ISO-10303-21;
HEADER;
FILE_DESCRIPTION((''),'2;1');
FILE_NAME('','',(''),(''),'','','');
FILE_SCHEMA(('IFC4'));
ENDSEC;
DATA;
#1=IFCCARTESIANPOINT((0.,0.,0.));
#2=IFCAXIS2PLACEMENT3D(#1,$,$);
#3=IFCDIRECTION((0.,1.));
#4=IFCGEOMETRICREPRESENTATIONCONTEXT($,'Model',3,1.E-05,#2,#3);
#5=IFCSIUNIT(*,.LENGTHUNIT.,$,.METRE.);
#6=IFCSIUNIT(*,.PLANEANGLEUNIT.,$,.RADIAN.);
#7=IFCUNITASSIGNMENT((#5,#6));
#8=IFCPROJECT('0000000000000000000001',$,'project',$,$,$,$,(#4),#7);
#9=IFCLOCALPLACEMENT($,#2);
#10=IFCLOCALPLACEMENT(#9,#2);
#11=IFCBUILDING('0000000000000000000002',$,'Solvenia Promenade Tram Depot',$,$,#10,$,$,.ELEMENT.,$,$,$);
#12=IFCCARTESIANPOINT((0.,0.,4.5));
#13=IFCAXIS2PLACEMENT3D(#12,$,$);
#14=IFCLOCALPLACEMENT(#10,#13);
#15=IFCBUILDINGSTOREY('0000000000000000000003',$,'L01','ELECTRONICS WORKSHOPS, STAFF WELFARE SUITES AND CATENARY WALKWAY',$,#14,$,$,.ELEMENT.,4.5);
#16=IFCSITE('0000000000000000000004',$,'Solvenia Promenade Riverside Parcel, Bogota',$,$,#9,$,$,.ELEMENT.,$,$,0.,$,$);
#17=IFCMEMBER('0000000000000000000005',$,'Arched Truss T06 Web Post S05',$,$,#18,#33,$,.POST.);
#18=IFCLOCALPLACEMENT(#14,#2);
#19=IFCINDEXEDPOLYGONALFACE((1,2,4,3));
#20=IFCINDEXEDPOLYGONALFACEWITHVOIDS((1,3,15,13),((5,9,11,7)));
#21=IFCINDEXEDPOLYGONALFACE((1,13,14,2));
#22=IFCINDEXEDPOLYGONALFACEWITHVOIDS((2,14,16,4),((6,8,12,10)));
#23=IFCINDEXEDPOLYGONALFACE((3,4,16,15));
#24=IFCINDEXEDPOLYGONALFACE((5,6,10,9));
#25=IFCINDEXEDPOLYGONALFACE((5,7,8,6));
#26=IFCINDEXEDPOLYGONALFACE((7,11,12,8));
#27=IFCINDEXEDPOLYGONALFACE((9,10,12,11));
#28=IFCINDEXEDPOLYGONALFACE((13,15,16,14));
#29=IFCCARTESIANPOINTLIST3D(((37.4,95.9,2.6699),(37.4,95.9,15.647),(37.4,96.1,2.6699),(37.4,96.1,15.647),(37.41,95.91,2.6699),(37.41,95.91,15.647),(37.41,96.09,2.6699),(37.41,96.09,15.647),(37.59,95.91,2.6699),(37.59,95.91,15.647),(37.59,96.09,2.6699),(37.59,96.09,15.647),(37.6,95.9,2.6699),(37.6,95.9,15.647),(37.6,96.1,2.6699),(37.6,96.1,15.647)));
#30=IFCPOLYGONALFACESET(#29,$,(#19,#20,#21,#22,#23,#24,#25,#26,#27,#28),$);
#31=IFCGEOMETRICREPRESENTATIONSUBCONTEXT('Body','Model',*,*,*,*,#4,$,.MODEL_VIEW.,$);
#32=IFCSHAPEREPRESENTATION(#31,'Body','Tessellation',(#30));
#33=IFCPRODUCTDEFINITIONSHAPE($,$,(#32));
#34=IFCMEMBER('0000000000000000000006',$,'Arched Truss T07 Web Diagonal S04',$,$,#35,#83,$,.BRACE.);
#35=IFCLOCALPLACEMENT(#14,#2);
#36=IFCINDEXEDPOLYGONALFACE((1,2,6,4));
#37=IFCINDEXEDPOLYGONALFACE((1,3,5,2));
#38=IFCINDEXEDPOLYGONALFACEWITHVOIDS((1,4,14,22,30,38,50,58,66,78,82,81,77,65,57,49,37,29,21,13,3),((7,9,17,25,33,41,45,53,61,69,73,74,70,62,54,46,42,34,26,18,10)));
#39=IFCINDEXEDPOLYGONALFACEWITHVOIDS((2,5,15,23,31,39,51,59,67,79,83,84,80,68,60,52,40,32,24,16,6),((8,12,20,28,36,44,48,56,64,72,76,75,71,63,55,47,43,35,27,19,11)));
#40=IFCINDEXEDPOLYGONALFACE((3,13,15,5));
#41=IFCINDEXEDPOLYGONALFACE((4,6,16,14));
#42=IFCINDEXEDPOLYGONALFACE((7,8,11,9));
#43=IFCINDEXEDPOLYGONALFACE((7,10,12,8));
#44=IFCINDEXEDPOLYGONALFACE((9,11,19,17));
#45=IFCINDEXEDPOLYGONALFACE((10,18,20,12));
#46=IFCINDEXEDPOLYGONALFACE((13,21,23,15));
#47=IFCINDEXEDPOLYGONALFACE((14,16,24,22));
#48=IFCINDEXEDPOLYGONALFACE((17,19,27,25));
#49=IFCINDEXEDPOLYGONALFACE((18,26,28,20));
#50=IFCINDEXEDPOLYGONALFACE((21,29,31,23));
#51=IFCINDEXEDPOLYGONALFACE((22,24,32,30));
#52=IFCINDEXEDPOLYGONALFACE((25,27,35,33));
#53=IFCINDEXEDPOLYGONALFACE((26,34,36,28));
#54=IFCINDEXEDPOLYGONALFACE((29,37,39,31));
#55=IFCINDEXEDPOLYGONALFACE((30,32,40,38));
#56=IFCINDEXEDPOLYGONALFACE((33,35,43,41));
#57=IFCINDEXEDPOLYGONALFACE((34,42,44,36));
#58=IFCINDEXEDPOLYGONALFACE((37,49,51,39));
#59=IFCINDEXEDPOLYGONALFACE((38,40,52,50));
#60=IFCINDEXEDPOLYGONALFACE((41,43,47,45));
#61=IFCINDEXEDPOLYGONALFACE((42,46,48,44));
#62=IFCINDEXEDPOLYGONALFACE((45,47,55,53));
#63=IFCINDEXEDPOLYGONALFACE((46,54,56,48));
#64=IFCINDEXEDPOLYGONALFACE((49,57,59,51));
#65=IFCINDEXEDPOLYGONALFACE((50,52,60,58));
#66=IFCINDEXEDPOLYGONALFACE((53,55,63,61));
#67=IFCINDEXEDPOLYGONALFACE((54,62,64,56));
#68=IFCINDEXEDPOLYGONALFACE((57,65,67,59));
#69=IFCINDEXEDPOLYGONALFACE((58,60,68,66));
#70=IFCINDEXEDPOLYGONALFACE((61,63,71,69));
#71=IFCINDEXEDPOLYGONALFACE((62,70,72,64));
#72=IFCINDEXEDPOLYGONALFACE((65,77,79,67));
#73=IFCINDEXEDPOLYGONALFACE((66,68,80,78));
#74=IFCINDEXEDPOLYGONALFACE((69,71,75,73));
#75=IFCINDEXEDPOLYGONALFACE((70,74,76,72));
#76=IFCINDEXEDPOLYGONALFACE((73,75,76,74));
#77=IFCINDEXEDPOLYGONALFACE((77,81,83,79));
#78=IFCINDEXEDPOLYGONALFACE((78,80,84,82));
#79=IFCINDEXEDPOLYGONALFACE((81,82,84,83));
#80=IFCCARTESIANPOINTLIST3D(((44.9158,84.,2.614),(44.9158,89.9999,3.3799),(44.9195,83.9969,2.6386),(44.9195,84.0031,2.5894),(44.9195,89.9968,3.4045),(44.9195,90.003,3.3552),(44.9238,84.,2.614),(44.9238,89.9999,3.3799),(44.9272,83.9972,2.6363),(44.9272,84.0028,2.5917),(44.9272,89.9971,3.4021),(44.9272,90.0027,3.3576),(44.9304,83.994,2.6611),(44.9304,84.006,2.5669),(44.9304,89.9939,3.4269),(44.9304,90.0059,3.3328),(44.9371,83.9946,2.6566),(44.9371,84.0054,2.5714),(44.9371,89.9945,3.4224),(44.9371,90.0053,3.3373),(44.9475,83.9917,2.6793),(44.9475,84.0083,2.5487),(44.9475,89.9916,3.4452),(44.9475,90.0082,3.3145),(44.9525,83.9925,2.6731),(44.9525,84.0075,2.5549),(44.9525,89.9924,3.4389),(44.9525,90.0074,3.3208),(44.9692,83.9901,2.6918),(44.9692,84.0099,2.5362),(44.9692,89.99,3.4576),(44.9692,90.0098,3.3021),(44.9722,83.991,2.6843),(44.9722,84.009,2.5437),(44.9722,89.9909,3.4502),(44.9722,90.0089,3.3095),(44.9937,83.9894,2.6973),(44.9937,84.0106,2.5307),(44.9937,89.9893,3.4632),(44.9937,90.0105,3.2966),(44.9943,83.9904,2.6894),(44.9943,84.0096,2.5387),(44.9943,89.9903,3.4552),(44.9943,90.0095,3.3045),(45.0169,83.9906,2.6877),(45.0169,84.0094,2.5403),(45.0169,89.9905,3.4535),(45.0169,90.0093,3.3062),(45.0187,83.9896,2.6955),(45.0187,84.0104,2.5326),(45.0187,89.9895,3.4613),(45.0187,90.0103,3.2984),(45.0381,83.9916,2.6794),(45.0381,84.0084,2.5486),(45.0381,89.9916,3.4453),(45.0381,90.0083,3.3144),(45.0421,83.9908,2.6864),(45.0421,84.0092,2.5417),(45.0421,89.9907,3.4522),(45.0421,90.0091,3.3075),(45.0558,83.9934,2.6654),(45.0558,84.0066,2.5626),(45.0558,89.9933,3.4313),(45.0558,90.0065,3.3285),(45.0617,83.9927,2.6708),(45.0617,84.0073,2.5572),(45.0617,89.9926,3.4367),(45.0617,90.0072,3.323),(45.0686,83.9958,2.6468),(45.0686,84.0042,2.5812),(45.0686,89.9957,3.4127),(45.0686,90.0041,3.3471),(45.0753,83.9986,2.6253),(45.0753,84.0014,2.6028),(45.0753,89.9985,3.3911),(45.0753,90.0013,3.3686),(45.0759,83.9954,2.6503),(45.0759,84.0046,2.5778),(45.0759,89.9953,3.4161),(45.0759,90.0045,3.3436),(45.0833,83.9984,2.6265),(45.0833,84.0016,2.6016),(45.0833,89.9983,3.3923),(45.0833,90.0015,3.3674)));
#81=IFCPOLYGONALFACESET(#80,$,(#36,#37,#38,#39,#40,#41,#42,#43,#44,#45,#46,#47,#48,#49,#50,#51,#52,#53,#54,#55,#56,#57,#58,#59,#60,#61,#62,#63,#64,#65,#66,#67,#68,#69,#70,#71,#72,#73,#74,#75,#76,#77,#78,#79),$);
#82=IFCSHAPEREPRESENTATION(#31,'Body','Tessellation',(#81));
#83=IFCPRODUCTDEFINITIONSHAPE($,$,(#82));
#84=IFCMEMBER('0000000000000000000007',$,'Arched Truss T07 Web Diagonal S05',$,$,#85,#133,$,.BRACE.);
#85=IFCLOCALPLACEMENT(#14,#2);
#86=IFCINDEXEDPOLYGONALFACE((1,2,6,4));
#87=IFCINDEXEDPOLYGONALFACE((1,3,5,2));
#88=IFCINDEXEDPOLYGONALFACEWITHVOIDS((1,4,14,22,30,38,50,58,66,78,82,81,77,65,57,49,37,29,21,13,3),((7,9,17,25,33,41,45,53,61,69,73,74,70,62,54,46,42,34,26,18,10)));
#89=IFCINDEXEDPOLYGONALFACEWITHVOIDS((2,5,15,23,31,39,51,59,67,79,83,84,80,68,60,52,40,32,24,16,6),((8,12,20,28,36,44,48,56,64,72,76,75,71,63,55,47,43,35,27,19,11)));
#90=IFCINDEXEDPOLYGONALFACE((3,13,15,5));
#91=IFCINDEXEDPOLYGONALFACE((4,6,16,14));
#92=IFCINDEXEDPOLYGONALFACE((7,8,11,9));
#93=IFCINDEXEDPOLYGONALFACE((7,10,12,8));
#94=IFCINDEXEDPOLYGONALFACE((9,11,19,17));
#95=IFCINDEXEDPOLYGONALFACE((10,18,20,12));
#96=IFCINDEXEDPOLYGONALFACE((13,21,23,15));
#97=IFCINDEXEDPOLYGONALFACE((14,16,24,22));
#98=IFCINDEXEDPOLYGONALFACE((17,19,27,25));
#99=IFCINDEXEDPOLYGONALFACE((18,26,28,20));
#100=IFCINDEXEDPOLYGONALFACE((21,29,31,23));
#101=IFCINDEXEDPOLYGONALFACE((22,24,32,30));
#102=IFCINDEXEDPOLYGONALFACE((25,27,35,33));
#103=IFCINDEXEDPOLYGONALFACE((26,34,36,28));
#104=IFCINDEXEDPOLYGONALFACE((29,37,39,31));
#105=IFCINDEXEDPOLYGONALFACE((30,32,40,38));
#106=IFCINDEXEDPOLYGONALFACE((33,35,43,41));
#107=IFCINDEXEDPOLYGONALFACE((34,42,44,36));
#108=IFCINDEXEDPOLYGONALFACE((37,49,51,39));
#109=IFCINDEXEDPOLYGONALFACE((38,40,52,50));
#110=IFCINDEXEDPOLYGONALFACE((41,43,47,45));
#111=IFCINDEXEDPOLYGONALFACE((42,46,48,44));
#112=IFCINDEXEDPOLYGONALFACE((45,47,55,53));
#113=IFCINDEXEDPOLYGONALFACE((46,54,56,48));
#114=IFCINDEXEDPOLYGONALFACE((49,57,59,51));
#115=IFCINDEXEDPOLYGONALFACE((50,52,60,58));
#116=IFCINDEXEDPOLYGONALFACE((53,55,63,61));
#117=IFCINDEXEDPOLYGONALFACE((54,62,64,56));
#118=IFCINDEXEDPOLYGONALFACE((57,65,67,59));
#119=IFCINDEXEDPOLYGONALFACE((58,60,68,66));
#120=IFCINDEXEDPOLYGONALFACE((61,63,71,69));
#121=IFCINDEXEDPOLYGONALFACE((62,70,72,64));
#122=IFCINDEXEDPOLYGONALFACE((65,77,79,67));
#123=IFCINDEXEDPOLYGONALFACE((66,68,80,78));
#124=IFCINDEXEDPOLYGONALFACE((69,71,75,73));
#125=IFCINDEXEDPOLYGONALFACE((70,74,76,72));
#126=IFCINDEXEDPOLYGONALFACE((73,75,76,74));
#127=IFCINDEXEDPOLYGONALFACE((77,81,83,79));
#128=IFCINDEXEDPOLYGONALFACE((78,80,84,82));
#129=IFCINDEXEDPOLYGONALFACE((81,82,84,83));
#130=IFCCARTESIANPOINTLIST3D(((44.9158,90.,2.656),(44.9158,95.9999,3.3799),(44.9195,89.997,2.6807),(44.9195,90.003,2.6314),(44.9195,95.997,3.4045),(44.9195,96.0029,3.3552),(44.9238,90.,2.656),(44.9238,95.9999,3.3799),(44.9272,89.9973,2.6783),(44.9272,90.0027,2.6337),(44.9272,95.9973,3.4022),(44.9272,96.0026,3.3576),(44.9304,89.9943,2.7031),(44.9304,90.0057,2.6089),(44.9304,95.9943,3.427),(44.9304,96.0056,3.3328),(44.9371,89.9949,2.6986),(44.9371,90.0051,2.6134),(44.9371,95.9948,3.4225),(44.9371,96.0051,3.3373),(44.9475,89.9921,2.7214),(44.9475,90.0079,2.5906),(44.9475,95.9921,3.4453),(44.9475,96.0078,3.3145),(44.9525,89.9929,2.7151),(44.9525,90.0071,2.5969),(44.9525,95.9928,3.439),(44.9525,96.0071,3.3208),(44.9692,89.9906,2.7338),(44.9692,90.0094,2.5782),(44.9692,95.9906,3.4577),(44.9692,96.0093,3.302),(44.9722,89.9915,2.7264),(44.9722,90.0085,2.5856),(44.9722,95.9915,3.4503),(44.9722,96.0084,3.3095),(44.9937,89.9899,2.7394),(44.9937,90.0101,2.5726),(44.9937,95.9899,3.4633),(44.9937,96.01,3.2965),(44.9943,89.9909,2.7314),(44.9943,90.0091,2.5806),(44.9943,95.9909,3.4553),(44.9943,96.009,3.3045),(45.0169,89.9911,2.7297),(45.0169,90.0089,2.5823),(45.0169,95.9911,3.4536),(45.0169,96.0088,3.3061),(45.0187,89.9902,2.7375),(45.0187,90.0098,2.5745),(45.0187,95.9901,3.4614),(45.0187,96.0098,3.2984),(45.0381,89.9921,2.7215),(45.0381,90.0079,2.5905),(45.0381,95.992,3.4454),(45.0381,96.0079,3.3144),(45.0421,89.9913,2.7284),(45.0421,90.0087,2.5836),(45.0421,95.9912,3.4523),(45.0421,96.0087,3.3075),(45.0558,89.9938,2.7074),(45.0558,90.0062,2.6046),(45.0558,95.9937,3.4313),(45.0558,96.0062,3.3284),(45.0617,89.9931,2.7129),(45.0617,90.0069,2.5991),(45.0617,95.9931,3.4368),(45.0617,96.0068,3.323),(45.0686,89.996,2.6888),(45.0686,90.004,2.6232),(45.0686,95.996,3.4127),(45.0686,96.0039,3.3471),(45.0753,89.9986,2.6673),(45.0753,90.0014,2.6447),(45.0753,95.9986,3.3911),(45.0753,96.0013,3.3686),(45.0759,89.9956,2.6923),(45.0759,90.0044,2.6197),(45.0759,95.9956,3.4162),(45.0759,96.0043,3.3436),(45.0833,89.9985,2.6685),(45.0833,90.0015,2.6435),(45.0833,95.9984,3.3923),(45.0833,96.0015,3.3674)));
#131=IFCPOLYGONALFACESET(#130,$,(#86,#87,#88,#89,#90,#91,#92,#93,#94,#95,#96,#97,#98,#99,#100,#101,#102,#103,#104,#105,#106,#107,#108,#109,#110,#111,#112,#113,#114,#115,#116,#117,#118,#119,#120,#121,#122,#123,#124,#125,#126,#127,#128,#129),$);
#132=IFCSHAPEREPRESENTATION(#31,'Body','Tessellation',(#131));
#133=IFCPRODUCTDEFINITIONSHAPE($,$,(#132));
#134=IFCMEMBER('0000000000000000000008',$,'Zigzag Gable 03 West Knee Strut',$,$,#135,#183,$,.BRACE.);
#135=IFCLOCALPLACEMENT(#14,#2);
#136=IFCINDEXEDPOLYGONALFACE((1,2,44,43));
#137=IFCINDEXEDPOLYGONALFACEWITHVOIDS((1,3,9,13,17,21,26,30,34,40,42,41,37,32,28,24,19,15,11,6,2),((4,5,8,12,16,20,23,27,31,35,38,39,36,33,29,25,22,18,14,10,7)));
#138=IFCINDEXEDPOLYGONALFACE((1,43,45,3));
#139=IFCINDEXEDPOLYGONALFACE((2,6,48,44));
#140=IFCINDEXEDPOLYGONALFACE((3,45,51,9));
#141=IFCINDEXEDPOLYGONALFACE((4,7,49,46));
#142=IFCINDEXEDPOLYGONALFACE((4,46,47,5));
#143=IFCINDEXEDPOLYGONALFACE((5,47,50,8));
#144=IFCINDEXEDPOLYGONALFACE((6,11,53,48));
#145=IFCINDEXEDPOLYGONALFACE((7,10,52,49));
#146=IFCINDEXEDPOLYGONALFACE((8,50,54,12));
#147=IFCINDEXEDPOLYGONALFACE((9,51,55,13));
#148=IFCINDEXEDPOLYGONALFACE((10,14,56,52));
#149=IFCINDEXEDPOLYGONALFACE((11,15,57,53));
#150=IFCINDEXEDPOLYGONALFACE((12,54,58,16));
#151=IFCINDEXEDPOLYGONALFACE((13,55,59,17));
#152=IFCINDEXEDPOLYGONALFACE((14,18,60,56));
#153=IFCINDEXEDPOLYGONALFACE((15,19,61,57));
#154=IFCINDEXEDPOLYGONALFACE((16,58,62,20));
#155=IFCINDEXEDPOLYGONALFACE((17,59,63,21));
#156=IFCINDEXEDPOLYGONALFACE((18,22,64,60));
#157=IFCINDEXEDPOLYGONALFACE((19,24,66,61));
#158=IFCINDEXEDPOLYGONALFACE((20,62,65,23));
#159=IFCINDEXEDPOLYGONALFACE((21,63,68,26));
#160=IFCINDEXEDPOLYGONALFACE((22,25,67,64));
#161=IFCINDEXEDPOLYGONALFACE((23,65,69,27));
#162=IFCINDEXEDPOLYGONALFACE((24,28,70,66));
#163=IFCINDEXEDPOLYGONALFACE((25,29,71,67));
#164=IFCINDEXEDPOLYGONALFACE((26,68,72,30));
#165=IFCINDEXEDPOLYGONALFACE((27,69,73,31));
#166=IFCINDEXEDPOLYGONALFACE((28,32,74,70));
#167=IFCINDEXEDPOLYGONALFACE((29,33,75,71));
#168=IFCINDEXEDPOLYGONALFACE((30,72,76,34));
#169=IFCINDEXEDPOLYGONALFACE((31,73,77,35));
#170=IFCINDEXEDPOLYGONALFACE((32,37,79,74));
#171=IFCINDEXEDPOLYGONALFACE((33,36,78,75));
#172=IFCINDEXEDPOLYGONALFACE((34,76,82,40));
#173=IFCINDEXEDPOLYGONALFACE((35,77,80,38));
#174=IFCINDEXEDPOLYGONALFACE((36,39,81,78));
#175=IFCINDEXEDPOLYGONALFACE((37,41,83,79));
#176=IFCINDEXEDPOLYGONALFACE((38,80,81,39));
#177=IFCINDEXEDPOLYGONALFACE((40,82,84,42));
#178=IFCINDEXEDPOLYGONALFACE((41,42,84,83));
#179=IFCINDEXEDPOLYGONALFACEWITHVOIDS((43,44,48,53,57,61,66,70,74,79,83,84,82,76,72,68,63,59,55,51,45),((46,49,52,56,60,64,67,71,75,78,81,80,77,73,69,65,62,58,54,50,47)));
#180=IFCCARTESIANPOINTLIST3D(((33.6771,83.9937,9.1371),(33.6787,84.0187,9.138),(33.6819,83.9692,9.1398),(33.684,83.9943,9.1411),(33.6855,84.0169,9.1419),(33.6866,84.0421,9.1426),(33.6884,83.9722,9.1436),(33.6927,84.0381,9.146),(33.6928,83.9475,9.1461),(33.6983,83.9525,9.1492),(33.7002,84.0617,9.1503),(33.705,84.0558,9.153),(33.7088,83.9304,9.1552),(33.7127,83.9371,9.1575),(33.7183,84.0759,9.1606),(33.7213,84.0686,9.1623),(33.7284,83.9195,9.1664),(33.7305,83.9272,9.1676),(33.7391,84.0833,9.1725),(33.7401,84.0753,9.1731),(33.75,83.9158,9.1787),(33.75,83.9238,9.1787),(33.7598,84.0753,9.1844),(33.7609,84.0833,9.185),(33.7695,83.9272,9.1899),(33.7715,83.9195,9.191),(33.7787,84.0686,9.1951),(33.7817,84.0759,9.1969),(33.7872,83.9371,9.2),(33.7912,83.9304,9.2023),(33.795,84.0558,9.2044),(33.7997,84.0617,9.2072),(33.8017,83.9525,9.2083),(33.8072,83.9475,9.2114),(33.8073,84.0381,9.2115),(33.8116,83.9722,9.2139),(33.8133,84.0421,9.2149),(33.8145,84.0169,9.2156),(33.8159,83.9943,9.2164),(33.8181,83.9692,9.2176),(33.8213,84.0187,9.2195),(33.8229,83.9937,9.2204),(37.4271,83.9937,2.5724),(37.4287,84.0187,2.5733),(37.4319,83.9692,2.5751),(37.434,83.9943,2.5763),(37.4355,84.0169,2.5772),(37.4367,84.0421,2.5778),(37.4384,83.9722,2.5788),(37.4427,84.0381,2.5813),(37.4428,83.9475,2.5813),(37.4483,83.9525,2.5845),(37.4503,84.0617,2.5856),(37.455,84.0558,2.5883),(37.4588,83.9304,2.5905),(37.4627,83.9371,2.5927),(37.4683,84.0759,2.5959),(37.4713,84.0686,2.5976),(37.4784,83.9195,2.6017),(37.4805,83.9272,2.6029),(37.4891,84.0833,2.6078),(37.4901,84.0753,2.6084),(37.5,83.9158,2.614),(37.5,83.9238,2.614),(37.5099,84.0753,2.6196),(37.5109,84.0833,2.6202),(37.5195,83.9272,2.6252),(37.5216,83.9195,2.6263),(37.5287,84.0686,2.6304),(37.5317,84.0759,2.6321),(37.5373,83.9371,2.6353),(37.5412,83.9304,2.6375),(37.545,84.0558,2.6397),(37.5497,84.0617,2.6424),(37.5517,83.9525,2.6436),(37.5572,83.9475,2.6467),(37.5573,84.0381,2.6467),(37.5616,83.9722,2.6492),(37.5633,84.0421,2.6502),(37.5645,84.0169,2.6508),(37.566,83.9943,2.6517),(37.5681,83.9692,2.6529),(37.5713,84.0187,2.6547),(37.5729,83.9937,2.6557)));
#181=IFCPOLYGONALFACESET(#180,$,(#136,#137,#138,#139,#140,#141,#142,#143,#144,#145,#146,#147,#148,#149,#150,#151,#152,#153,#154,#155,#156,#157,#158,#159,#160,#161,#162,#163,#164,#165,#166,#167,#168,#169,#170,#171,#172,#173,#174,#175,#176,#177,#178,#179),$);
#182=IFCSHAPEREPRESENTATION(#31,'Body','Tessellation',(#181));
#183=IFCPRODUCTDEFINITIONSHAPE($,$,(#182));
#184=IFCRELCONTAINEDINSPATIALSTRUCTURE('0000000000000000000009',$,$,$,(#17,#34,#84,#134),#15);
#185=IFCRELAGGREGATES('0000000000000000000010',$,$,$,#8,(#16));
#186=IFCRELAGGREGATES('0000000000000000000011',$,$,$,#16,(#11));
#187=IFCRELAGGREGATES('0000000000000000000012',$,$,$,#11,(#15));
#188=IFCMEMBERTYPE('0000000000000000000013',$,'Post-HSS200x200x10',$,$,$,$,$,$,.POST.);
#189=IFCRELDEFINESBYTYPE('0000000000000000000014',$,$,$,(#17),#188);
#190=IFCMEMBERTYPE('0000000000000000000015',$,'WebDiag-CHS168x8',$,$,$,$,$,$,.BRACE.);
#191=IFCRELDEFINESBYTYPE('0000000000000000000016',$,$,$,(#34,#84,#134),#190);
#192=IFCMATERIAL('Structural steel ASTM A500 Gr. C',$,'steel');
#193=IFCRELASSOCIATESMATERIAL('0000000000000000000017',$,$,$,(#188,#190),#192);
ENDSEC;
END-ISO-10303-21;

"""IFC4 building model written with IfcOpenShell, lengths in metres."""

from ifc_helpers import new_model, si_unit, direction, frame, origin, origin_2d, place, context, subcontext, project, spatial, hollow_rectangle, hollow_circle, extrude, material, material_profile, profile_set, type_object, element, save


model = new_model("IFC4")

# Units and contexts
model_context = context("Model", 3, precision=1e-05, world=origin(), true_north=direction((0.0, 1.0)))
body_context = subcontext(model_context, "Body", "Model", "MODEL_VIEW")
ifc_project = project(units=[si_unit("LENGTHUNIT", "METRE"), si_unit("PLANEANGLEUNIT", "RADIAN")], contexts=[model_context])

# Site, building, storey
site_placement = place(None, origin())
site = spatial("IfcSite", under=ifc_project, at=site_placement, Name="Solvenia Promenade Riverside Parcel, Bogota", CompositionType="ELEMENT", RefElevation=0.0)
building_placement = place(site_placement, origin())
building = spatial("IfcBuilding", under=site, at=building_placement, Name="Solvenia Promenade Tram Depot", CompositionType="ELEMENT")
storey_placement = place(building_placement, frame((0.0, 0.0, 4.5)))
storey = spatial("IfcBuildingStorey", under=building, at=storey_placement, Name="L01", Description="ELECTRONICS WORKSHOPS, STAFF WELFARE SUITES AND CATENARY WALKWAY", CompositionType="ELEMENT", Elevation=4.5)

# Members
ifc_material = material(Name="Structural steel ASTM A500 Gr. C", Category="steel")
ifc_material_profile_1 = material_profile(ifc_material, hollow_rectangle(XDim=0.2, YDim=0.2, WallThickness=0.01, at=origin_2d()), Name="HSS200x200x10", Category="steel")
ifc_profile_set_1 = profile_set([ifc_material_profile_1], Name="Structural steel ASTM A500 Gr. C")
member_type_1 = type_object("IfcMemberType", Name="Post-HSS200x200x10", PredefinedType="POST", material=ifc_profile_set_1)
member_1_placement = place(storey_placement, frame((37.5, 96.0, 2.6699), z_axis=(0.0, 0.0, 1.0), x_axis=(1.0, 0.0, 0.0)))
element("IfcMember", 1, at=member_1_placement, inside=storey, type_object=member_type_1, Name="Arched Truss T06 Web Post S05", PredefinedType="POST", context=body_context, shape_type="SweptSolid", body=[
    extrude(hollow_rectangle(XDim=0.2, YDim=0.2, WallThickness=0.01, at=origin_2d()), origin(), (0.0, 0.0, 1.0), 12.9771),
])
ifc_material_profile_2 = material_profile(ifc_material, hollow_circle(Radius=0.0842, WallThickness=0.0081, at=origin_2d()), Name="CHS168.3x8", Category="steel")
ifc_profile_set_2 = profile_set([ifc_material_profile_2], Name="Structural steel ASTM A500 Gr. C")
member_type_2 = type_object("IfcMemberType", Name="WebDiag-CHS168x8", PredefinedType="BRACE", material=ifc_profile_set_2)
member_2_placement = place(storey_placement, frame((45.0, 84.0, 2.614), z_axis=(0.0, 0.991952, 0.126618), x_axis=(-1.0, 0.0, 0.0)))
element("IfcMember", 2, at=member_2_placement, inside=storey, type_object=member_type_2, Name="Arched Truss T07 Web Diagonal S04", PredefinedType="BRACE", context=body_context, shape_type="SweptSolid", body=[
    extrude(hollow_circle(Radius=0.0842, WallThickness=0.0081, at=origin_2d()), origin(), (0.0, 0.0, 1.0), 6.0486),
])
member_3_placement = place(storey_placement, frame((45.0, 90.0, 2.656), z_axis=(0.0, 0.992801, 0.119778), x_axis=(-1.0, 0.0, 0.0)))
element("IfcMember", 3, at=member_3_placement, inside=storey, type_object=member_type_2, Name="Arched Truss T07 Web Diagonal S05", PredefinedType="BRACE", context=body_context, shape_type="SweptSolid", body=[
    extrude(hollow_circle(Radius=0.0842, WallThickness=0.0081, at=origin_2d()), origin(), (0.0, 0.0, 1.0), 6.0435),
])
for number, where, z_axis, x_axis, name in (
    (4, (37.5, 84.0, 2.614), (-0.496014, 0.0, 0.868315), (0.0, -1.0, 0.0), "Zigzag Gable 03 West Knee Strut"),
):
    element("IfcMember", number, at=place(storey_placement, frame(where, z_axis=z_axis, x_axis=x_axis)), inside=storey, type_object=member_type_2, Name=name, PredefinedType="BRACE", context=body_context, shape_type="SweptSolid", body=[
        extrude(hollow_circle(Radius=0.0842, WallThickness=0.0081, at=origin_2d()), origin(), (0.0, 0.0, 1.0), 7.5603),
    ])

save(model, "model.ifc")
